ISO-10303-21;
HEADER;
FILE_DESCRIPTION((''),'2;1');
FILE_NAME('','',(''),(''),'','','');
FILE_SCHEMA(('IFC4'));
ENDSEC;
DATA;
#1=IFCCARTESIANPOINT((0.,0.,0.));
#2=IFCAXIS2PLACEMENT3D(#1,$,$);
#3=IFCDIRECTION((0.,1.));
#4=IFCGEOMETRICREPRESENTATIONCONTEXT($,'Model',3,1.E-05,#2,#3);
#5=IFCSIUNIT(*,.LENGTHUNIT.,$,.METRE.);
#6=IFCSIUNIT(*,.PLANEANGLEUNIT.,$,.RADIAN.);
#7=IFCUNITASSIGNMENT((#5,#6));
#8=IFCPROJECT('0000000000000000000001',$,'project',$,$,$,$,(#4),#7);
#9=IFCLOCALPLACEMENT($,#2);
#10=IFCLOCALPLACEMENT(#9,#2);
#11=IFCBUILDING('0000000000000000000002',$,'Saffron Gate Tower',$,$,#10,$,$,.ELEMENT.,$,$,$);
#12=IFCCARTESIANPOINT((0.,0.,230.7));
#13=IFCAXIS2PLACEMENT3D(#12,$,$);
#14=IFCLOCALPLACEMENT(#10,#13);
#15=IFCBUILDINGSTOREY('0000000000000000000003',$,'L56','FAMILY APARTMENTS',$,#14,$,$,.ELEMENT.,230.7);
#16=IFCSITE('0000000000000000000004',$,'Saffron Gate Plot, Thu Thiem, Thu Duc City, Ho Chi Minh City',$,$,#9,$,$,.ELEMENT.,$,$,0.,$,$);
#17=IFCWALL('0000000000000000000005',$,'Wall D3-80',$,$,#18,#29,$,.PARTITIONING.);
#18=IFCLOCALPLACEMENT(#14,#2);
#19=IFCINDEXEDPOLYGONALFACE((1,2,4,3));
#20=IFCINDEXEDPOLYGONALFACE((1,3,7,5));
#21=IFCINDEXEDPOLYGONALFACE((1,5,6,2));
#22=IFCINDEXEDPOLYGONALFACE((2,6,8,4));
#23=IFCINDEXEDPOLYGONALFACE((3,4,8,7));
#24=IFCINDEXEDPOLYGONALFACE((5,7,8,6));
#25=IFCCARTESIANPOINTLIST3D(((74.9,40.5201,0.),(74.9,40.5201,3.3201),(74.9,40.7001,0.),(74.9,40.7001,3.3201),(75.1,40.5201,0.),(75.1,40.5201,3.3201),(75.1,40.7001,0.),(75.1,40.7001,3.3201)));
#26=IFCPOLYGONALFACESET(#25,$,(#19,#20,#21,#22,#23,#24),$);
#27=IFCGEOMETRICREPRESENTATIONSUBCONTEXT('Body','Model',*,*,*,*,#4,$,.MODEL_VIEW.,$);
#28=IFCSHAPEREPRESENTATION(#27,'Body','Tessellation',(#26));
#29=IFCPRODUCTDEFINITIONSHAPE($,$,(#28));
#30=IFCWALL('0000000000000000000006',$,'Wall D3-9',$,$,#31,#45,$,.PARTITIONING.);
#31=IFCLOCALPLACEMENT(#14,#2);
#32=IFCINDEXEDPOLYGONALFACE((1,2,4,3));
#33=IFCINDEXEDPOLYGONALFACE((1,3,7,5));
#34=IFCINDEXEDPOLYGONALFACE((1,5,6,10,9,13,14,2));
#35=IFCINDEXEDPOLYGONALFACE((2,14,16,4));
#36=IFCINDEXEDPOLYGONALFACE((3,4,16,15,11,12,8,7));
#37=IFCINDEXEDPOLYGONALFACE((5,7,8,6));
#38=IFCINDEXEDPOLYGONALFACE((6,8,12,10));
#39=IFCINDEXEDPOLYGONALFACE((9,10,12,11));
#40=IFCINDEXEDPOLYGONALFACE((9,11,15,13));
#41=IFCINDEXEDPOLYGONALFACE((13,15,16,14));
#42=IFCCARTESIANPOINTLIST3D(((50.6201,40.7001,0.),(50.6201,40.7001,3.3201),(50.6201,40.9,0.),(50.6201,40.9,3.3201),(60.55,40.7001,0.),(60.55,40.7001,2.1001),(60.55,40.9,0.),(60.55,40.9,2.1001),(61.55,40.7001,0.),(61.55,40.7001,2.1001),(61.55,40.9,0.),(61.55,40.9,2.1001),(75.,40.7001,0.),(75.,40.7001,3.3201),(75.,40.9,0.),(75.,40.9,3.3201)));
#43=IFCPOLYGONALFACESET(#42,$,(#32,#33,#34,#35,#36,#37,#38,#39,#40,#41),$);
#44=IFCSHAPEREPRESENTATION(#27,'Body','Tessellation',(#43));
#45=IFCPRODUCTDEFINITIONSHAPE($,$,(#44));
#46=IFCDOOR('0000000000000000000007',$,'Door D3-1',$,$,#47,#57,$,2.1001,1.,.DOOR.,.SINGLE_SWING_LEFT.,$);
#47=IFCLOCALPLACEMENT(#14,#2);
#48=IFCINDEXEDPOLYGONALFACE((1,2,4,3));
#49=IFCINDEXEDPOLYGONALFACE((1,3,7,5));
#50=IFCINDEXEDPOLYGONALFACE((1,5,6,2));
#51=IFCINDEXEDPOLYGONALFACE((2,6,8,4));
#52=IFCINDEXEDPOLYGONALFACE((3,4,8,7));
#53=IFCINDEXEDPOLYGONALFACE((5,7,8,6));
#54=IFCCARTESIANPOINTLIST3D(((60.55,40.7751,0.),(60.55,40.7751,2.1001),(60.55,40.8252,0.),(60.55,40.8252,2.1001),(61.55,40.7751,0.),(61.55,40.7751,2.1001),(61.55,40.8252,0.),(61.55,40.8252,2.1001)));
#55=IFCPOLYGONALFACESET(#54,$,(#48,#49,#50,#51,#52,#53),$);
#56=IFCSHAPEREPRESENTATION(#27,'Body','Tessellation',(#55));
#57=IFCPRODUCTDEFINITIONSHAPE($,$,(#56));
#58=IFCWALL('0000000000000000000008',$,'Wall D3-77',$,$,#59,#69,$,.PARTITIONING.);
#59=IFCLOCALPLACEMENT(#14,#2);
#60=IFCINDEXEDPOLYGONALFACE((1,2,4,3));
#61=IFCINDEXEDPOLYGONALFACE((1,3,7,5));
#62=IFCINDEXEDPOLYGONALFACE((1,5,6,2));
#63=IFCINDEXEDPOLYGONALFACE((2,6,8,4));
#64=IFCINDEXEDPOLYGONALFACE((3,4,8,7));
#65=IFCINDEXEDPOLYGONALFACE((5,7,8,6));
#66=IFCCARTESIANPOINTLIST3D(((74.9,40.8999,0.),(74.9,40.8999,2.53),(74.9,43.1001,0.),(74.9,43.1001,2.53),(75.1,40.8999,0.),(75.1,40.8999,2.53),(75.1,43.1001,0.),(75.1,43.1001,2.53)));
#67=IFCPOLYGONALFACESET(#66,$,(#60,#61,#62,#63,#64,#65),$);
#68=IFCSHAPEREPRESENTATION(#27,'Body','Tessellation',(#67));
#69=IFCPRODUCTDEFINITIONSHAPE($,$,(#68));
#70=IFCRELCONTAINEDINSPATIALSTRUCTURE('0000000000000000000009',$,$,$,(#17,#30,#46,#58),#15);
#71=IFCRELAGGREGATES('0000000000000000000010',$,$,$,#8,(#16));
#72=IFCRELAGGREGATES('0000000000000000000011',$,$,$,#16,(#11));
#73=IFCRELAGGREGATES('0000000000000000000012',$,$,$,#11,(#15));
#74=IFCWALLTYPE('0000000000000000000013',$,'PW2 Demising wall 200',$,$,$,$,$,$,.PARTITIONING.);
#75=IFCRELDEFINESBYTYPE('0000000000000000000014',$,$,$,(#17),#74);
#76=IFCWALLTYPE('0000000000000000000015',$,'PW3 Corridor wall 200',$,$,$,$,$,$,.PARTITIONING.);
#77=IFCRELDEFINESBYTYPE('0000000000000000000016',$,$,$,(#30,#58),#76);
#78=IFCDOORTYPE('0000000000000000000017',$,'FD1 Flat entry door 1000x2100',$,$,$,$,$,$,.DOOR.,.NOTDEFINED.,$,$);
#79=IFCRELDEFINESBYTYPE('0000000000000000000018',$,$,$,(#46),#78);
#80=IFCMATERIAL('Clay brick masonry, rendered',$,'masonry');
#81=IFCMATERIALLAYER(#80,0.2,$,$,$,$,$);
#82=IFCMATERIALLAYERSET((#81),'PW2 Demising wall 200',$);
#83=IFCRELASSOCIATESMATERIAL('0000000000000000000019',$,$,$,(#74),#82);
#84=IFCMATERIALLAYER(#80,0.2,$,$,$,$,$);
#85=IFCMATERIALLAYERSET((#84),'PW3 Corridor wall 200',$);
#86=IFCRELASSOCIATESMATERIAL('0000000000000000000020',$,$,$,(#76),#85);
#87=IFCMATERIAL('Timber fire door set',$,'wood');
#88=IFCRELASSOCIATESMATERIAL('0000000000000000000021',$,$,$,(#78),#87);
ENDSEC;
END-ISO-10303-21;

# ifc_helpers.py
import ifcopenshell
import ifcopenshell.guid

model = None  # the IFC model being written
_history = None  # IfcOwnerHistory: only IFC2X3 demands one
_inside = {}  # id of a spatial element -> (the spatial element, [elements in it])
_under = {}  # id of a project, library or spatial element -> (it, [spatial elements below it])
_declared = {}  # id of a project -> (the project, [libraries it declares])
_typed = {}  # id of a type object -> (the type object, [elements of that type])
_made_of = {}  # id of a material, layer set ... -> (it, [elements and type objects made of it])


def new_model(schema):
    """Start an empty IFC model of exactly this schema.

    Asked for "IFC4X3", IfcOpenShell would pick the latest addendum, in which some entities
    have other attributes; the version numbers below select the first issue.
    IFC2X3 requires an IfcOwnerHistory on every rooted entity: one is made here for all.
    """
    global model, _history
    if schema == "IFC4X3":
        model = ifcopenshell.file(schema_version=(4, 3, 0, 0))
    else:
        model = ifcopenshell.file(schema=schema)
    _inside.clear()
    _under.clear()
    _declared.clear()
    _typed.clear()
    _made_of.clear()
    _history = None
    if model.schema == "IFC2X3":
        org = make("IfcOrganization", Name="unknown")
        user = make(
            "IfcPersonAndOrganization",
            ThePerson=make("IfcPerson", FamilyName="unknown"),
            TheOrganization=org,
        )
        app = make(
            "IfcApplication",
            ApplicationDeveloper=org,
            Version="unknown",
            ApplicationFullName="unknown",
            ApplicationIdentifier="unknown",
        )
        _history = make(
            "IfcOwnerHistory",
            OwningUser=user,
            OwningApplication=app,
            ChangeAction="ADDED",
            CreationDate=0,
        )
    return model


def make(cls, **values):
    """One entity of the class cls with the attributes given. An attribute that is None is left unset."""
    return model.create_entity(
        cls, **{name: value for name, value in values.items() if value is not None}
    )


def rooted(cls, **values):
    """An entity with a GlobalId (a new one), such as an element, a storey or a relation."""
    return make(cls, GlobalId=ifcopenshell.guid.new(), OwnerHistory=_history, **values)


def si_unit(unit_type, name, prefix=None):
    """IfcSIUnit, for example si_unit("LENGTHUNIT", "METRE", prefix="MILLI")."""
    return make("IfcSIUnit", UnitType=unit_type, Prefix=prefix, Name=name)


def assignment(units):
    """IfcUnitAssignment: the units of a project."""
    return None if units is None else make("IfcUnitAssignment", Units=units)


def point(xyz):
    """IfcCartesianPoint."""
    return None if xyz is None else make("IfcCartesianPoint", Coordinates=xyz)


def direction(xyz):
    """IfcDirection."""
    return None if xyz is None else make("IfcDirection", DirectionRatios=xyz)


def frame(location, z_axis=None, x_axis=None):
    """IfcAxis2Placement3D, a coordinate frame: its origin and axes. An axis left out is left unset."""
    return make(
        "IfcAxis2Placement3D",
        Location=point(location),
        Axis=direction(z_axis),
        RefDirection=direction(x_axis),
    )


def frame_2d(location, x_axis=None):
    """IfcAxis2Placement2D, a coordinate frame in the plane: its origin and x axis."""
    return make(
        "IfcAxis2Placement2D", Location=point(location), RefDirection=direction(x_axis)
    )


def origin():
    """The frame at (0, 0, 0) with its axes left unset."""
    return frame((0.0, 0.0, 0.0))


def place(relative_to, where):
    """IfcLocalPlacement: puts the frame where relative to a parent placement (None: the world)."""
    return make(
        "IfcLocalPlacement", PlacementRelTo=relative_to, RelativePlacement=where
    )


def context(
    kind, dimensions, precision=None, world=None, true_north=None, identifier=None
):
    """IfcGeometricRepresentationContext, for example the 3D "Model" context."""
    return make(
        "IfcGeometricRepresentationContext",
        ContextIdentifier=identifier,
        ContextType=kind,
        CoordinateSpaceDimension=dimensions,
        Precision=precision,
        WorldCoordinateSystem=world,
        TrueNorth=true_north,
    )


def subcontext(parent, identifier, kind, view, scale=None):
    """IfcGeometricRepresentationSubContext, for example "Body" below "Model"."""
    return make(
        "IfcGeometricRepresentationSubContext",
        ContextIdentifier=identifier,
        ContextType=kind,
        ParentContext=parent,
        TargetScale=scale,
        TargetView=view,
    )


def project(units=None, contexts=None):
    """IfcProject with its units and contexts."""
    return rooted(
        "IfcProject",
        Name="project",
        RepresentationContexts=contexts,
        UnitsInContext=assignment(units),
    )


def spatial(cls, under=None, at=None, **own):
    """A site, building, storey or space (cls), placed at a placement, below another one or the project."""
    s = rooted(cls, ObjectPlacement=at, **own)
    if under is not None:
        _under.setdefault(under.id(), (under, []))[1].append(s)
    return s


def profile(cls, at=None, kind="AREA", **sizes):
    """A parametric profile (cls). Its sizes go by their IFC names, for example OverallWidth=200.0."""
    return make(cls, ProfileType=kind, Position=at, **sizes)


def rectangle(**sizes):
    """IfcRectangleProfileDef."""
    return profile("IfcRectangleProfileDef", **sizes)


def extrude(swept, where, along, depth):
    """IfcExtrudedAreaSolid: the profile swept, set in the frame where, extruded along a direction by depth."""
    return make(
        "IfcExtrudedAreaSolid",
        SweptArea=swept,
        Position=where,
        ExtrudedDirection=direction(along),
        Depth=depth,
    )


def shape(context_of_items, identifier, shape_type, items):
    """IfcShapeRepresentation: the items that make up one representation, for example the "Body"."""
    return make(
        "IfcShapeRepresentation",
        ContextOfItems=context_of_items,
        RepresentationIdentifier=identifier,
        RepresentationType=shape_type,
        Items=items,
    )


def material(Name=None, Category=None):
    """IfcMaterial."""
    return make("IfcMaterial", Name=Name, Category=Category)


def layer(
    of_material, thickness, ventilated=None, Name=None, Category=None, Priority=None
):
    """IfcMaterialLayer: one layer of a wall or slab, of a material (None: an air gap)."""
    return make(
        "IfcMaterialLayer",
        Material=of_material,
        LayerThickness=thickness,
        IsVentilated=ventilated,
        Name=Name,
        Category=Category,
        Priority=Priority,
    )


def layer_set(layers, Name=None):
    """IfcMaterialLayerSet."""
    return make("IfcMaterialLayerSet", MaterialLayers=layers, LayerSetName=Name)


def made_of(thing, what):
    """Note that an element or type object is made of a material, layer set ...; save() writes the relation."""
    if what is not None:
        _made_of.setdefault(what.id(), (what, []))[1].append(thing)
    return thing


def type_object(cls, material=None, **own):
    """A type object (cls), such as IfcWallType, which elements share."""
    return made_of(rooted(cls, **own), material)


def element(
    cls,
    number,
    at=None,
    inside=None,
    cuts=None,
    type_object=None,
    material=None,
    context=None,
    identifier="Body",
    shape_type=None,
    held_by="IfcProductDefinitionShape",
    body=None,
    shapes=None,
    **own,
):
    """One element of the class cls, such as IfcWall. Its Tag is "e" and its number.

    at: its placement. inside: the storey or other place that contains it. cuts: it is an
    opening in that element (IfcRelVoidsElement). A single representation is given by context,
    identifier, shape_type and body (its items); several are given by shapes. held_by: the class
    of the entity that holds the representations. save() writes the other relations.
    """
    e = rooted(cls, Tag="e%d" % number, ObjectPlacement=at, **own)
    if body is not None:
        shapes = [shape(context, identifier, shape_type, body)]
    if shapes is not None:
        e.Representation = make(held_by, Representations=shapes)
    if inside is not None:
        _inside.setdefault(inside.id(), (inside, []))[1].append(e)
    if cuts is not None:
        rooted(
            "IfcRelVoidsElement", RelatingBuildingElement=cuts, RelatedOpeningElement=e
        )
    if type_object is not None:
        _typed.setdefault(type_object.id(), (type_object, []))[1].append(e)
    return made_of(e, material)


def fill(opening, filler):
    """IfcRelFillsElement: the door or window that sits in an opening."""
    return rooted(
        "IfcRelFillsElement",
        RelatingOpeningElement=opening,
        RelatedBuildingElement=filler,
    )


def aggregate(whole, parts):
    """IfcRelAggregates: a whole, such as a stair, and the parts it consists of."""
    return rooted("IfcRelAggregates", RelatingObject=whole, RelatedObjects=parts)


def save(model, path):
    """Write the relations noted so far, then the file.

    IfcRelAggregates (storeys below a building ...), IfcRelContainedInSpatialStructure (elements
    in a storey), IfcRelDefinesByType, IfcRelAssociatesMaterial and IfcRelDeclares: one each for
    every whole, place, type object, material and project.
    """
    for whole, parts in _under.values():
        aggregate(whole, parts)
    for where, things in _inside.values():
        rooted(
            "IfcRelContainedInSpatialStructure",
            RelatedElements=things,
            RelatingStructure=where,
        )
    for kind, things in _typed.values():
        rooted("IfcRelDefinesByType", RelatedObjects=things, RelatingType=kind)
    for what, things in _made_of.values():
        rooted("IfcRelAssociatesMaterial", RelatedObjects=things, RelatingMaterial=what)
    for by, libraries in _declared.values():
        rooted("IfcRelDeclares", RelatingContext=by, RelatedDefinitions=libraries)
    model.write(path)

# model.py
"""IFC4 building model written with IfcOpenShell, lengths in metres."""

from ifc_helpers import new_model, si_unit, direction, frame, frame_2d, origin, place, context, subcontext, project, spatial, rectangle, extrude, material, layer, layer_set, type_object, element, fill, save


model = new_model("IFC4")

# Units and contexts
model_context = context("Model", 3, precision=1e-05, world=origin(), true_north=direction((0.0, 1.0)))
body_context = subcontext(model_context, "Body", "Model", "MODEL_VIEW")
ifc_project = project(units=[si_unit("LENGTHUNIT", "METRE"), si_unit("PLANEANGLEUNIT", "RADIAN")], contexts=[model_context])

# Site, building, storey
site_placement = place(None, origin())
site = spatial("IfcSite", under=ifc_project, at=site_placement, Name="Saffron Gate Plot, Thu Thiem, Thu Duc City, Ho Chi Minh City", CompositionType="ELEMENT", RefElevation=0.0)
building_placement = place(site_placement, origin())
building = spatial("IfcBuilding", under=site, at=building_placement, Name="Saffron Gate Tower", CompositionType="ELEMENT")
storey_placement = place(building_placement, frame((0.0, 0.0, 230.7)))
storey = spatial("IfcBuildingStorey", under=building, at=storey_placement, Name="L56", Description="FAMILY APARTMENTS", CompositionType="ELEMENT", Elevation=230.7)

# Wall
ifc_material_1 = material(Name="Clay brick masonry, rendered", Category="masonry")
ifc_layer_1 = layer(ifc_material_1, 0.2)
ifc_layer_set_1 = layer_set([ifc_layer_1], Name="PW2 Demising wall 200")
wall_type_1 = type_object("IfcWallType", Name="PW2 Demising wall 200", PredefinedType="PARTITIONING", material=ifc_layer_set_1)
wall_1_placement = place(storey_placement, frame((75.0, 40.7, 0.0), z_axis=(0.0, 0.0, 1.0), x_axis=(0.0, -1.0, 0.0)))
element("IfcWall", 1, at=wall_1_placement, inside=storey, type_object=wall_type_1, Name="Wall D3-80", PredefinedType="PARTITIONING", context=body_context, shape_type="SweptSolid", body=[
    extrude(rectangle(XDim=0.1799, YDim=0.2, at=frame_2d((0.0898, 0.0))), origin(), (0.0, 0.0, 1.0), 3.3201),
])

# Wall, opening, door
ifc_layer_2 = layer(ifc_material_1, 0.2)
ifc_layer_set_2 = layer_set([ifc_layer_2], Name="PW3 Corridor wall 200")
wall_type_2 = type_object("IfcWallType", Name="PW3 Corridor wall 200", PredefinedType="PARTITIONING", material=ifc_layer_set_2)
wall_2_placement = place(storey_placement, frame((75.0, 40.8, 0.0), z_axis=(0.0, 0.0, 1.0), x_axis=(-1.0, 0.0, 0.0)))
wall_2 = element("IfcWall", 2, at=wall_2_placement, inside=storey, type_object=wall_type_2, Name="Wall D3-9", PredefinedType="PARTITIONING", context=body_context, shape_type="SweptSolid", body=[
    extrude(rectangle(XDim=24.3799, YDim=0.2, at=frame_2d((12.1899, 0.0))), origin(), (0.0, 0.0, 1.0), 3.3201),
])
opening_1_placement = place(wall_2_placement, frame((13.45, 0.0, 0.0)))
opening_1 = element("IfcOpeningElement", 3, at=opening_1_placement, cuts=wall_2, PredefinedType="OPENING", context=body_context, shape_type="SweptSolid", body=[
    extrude(rectangle(XDim=1.0, YDim=2.1001, at=frame_2d((0.5, 1.05))), frame((0.0, 0.1099, 0.0), z_axis=(0.0, -1.0, 0.0), x_axis=(1.0, 0.0, 0.0)), (0.0, 0.0, 1.0), 0.22),
])
ifc_material_2 = material(Name="Timber fire door set", Category="wood")
door_type_1 = type_object("IfcDoorType", Name="FD1 Flat entry door 1000x2100", OperationType="NOTDEFINED", PredefinedType="DOOR", material=ifc_material_2)
door_1_placement = place(opening_1_placement, origin())
door_1 = element("IfcDoor", 4, at=door_1_placement, inside=storey, type_object=door_type_1, Name="Door D3-1", OperationType="SINGLE_SWING_LEFT", OverallHeight=2.1001, OverallWidth=1.0, PredefinedType="DOOR", context=body_context, shape_type="SweptSolid", body=[
    extrude(rectangle(XDim=1.0, YDim=2.1001, at=frame_2d((0.5, 1.05))), frame((0.0, 0.0249, 0.0), z_axis=(0.0, -1.0, 0.0), x_axis=(1.0, 0.0, 0.0)), (0.0, 0.0, 1.0), 0.05),
])
fill(opening_1, door_1)

# Wall
wall_3_placement = place(storey_placement, frame((75.0, 43.1001, 0.0), z_axis=(0.0, 0.0, 1.0), x_axis=(0.0, -1.0, 0.0)))
element("IfcWall", 5, at=wall_3_placement, inside=storey, type_object=wall_type_2, Name="Wall D3-77", PredefinedType="PARTITIONING", context=body_context, shape_type="SweptSolid", body=[
    extrude(rectangle(XDim=2.2002, YDim=0.2, at=frame_2d((1.1001, 0.0))), origin(), (0.0, 0.0, 1.0), 2.53),
])

save(model, "model.ifc")
